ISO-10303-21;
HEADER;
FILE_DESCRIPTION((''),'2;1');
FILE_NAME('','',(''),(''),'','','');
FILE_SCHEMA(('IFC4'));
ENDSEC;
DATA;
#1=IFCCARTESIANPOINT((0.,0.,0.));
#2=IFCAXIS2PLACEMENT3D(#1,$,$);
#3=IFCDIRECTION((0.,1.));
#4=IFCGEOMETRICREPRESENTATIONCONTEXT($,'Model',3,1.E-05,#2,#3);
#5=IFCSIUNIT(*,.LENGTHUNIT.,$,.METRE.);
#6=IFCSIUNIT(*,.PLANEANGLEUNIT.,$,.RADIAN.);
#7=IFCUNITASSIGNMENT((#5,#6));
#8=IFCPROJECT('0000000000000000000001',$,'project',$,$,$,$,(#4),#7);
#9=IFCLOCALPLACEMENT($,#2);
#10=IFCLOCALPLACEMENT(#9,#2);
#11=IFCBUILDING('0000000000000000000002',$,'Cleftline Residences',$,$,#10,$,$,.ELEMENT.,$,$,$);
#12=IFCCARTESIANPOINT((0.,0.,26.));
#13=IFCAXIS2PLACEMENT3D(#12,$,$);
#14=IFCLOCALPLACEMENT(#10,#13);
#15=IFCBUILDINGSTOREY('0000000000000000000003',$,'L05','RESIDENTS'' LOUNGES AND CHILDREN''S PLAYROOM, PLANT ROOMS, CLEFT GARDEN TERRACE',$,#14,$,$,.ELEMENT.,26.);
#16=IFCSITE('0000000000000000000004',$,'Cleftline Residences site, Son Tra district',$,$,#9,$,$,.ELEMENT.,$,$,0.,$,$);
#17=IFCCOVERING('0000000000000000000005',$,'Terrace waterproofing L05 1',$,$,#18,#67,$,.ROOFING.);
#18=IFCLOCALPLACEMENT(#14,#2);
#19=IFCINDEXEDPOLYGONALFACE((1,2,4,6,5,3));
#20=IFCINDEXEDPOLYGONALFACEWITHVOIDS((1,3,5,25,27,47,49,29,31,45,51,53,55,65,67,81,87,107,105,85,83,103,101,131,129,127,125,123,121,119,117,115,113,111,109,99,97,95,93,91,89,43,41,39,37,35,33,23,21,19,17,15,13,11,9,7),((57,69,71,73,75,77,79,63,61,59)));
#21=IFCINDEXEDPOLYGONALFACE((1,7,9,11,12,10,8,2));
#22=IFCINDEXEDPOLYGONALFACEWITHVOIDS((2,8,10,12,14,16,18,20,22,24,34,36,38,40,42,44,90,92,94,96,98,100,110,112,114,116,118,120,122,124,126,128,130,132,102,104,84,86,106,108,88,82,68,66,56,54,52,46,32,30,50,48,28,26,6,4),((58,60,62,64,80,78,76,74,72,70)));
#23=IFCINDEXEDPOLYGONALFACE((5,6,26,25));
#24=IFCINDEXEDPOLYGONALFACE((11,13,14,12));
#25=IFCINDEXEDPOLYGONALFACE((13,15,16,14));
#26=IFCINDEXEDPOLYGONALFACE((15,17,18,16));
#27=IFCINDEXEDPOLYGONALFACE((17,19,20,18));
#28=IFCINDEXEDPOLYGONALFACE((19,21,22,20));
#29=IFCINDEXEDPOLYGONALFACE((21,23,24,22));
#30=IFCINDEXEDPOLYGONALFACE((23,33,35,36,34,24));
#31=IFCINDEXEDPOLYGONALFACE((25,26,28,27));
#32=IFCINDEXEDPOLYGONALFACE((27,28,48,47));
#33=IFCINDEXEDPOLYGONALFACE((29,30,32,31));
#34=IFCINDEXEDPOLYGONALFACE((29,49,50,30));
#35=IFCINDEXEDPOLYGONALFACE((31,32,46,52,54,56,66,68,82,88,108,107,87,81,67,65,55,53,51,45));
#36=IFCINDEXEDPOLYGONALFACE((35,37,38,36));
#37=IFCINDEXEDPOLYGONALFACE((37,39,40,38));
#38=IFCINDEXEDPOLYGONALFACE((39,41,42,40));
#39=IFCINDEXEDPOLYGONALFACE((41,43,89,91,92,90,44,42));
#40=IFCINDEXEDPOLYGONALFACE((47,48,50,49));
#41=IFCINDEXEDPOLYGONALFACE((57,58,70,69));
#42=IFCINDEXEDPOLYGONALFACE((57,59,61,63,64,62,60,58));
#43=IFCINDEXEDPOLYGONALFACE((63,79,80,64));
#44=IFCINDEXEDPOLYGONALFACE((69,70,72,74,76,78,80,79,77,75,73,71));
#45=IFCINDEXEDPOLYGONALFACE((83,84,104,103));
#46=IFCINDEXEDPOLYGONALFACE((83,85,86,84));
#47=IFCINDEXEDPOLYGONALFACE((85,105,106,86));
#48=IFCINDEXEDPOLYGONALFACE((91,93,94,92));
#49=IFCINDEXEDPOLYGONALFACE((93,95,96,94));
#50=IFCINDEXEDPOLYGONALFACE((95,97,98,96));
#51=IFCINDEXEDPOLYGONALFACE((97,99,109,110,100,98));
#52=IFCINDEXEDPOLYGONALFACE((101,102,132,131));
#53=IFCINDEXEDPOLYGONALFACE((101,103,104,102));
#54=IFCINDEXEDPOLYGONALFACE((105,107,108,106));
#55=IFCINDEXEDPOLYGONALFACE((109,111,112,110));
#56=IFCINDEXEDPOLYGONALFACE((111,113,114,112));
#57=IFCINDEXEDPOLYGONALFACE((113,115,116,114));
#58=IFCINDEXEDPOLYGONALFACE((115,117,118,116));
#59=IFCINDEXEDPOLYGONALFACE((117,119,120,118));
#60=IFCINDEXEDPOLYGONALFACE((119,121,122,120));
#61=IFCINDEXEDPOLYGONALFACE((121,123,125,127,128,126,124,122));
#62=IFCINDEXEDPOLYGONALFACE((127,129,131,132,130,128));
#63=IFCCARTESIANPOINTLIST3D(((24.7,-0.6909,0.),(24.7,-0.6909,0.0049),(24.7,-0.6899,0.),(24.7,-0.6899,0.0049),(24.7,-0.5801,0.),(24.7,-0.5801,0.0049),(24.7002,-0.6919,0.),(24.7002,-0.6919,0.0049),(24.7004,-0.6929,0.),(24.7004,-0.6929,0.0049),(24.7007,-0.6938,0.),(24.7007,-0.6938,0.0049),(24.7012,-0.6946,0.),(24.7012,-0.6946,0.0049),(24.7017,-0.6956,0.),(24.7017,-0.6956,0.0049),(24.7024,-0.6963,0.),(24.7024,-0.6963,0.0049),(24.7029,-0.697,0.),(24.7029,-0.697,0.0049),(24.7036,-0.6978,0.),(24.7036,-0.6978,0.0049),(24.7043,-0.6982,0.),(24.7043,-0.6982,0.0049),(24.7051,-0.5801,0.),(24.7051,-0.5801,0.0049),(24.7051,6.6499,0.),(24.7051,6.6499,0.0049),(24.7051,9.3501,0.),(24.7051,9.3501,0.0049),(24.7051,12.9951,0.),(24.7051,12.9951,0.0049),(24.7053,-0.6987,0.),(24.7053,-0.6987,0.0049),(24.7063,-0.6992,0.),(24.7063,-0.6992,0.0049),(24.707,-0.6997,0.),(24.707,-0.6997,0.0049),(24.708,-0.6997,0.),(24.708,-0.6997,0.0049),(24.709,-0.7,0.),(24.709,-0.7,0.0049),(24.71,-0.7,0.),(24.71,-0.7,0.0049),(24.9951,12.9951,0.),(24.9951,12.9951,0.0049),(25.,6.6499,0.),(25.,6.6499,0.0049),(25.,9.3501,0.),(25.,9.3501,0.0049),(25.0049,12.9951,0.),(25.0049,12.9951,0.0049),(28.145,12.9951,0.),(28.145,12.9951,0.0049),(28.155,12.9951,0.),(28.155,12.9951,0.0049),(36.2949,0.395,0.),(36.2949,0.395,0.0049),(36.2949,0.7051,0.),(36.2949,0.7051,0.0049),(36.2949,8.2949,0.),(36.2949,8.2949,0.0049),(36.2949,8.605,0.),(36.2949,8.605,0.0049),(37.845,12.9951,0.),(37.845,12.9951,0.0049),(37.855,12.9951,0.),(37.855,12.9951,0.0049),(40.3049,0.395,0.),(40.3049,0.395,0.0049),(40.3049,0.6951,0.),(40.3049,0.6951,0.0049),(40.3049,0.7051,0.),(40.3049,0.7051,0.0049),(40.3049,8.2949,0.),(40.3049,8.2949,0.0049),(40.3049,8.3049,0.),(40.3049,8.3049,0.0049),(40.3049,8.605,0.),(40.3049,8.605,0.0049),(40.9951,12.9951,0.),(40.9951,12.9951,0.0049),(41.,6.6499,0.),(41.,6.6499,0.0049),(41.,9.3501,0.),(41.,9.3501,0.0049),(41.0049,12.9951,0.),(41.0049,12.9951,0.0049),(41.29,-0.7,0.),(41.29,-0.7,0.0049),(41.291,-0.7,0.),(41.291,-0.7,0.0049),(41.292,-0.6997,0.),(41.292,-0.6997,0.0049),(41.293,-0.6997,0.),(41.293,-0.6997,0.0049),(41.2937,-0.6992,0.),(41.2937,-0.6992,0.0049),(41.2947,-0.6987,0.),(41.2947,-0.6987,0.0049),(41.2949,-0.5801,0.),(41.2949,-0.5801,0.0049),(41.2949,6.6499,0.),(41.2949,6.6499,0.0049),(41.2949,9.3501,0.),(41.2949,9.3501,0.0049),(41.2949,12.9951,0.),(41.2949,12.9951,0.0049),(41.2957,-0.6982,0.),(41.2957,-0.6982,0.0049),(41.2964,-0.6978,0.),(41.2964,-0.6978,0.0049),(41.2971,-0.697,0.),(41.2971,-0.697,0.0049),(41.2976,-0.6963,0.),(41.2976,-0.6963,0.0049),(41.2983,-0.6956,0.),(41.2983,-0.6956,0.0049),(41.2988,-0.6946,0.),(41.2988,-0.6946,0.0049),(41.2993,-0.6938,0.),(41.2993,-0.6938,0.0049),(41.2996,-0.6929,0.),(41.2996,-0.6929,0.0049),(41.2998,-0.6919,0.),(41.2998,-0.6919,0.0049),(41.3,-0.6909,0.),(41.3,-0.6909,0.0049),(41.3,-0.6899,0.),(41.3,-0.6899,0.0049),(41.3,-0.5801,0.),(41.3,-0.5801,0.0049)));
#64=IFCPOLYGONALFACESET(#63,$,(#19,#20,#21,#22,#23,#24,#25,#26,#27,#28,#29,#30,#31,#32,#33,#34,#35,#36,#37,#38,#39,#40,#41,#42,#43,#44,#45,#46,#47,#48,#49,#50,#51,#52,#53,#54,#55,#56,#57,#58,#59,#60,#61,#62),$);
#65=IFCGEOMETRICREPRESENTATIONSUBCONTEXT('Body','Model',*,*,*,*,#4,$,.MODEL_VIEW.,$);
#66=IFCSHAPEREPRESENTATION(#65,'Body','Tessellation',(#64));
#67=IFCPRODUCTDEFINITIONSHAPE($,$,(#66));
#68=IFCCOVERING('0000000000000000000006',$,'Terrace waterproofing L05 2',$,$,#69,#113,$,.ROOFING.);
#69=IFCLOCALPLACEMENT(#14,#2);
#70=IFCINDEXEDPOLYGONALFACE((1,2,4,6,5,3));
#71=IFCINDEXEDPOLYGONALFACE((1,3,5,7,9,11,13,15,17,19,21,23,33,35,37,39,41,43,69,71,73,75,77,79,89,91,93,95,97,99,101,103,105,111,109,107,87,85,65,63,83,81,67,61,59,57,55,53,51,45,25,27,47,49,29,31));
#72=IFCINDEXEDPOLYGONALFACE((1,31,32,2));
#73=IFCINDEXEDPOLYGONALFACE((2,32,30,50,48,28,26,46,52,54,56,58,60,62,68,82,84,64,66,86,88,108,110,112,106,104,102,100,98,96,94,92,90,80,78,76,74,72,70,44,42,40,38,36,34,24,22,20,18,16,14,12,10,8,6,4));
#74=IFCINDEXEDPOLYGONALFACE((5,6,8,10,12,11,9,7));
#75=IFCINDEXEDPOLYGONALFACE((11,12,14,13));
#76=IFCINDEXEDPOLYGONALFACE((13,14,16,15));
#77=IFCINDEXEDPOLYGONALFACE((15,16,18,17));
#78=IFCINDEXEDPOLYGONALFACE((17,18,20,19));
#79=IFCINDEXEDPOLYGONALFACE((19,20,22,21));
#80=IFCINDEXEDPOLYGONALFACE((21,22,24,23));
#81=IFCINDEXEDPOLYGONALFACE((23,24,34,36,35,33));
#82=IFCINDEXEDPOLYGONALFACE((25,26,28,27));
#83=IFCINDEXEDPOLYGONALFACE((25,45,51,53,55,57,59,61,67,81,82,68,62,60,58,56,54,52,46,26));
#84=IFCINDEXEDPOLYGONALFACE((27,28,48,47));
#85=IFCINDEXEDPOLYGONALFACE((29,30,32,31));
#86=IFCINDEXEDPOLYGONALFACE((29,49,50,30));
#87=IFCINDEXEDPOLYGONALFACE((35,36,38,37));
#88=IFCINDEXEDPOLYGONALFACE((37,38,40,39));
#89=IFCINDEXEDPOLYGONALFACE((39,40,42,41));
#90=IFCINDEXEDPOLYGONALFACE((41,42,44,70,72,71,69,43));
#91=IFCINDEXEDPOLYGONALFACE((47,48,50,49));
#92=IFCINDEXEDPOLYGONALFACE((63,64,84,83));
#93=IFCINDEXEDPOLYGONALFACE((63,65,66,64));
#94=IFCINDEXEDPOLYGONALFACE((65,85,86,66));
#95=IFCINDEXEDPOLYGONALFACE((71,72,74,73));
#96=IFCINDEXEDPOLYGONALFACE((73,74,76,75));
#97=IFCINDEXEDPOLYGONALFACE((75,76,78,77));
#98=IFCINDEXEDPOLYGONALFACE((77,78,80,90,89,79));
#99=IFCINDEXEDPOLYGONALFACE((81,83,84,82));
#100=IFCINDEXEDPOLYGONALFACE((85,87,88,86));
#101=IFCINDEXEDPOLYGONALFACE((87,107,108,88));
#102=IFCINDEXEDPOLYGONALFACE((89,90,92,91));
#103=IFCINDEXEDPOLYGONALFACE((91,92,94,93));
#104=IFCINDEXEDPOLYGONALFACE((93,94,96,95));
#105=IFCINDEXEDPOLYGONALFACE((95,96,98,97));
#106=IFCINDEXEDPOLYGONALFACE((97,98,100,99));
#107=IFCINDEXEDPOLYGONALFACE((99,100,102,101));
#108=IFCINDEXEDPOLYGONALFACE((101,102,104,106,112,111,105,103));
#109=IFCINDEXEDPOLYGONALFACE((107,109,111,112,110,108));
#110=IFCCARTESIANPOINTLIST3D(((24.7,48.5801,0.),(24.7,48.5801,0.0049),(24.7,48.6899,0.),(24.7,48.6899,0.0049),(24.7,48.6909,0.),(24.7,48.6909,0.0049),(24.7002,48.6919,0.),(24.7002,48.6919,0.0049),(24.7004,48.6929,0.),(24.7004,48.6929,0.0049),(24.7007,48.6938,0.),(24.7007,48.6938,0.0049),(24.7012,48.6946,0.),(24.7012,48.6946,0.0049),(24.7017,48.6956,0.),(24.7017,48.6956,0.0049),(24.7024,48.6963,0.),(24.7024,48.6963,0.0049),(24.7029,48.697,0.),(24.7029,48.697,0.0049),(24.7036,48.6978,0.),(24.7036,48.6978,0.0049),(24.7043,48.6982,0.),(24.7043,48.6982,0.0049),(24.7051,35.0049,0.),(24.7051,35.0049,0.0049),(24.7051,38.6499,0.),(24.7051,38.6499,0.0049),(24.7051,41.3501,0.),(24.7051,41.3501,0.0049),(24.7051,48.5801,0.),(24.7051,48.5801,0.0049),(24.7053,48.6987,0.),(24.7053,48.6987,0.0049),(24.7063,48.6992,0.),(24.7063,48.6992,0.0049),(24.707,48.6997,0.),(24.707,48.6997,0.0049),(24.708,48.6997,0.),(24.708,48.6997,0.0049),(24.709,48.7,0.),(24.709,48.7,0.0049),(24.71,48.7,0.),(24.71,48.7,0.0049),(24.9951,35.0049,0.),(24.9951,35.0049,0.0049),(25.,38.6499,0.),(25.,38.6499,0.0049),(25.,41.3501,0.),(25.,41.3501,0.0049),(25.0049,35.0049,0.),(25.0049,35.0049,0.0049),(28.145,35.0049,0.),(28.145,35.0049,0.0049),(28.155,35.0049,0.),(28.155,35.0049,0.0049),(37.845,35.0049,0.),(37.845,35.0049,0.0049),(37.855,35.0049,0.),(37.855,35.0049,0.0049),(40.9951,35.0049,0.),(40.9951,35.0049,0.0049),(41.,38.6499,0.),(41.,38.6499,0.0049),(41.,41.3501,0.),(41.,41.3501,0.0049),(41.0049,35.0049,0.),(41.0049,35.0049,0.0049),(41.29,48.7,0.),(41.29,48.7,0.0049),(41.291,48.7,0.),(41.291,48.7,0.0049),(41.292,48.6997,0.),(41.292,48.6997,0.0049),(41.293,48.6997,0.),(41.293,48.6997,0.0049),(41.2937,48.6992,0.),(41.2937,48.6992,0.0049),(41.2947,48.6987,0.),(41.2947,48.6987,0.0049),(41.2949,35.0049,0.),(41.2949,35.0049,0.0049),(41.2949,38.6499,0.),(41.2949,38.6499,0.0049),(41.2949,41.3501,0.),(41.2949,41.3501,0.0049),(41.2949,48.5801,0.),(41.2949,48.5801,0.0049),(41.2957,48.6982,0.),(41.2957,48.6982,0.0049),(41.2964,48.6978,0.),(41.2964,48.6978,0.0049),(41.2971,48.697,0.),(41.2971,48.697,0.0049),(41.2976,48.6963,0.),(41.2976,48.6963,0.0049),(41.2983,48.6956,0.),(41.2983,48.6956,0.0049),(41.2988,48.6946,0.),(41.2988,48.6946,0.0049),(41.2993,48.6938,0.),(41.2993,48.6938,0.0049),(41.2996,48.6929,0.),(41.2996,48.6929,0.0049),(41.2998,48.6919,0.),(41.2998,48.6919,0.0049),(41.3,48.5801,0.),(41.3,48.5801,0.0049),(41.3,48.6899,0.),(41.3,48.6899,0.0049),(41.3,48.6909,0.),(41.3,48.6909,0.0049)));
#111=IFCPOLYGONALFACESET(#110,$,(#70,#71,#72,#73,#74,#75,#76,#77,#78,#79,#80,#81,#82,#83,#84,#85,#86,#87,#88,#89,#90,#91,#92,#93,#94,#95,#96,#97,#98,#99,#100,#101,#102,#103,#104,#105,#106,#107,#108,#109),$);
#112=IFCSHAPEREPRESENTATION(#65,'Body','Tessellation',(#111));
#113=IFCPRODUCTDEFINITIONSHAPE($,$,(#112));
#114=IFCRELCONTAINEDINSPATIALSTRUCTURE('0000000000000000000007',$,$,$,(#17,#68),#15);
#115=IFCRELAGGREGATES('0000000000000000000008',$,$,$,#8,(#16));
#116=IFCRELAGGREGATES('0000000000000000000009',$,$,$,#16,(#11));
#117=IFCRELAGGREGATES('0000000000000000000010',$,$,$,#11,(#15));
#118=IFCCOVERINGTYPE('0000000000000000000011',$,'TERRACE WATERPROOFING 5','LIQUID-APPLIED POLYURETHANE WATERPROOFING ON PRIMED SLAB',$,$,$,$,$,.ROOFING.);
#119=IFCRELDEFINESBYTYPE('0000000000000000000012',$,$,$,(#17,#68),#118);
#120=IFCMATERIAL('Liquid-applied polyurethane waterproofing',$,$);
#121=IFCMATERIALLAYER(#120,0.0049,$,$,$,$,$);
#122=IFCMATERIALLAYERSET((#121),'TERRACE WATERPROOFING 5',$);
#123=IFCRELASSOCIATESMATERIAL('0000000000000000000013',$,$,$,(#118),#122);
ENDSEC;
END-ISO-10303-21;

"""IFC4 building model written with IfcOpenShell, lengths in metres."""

from ifc_helpers import new_model, si_unit, direction, frame, origin, place, context, subcontext, project, spatial, polyline, outline, extrude, material, layer, layer_set, type_object, element, save


model = new_model("IFC4")

# Units and contexts
model_context = context("Model", 3, precision=1e-05, world=origin(), true_north=direction((0.0, 1.0)))
body_context = subcontext(model_context, "Body", "Model", "MODEL_VIEW")
ifc_project = project(units=[si_unit("LENGTHUNIT", "METRE"), si_unit("PLANEANGLEUNIT", "RADIAN")], contexts=[model_context])

# Site, building, storey
site_placement = place(None, origin())
site = spatial("IfcSite", under=ifc_project, at=site_placement, Name="Cleftline Residences site, Son Tra district", CompositionType="ELEMENT", RefElevation=0.0)
building_placement = place(site_placement, origin())
building = spatial("IfcBuilding", under=site, at=building_placement, Name="Cleftline Residences", CompositionType="ELEMENT")
storey_placement = place(building_placement, frame((0.0, 0.0, 26.0)))
storey = spatial("IfcBuildingStorey", under=building, at=storey_placement, Name="L05", Description="RESIDENTS' LOUNGES AND CHILDREN'S PLAYROOM, PLANT ROOMS, CLEFT GARDEN TERRACE", CompositionType="ELEMENT", Elevation=26.0)

# Coverings
ifc_material_1 = material(Name="Liquid-applied polyurethane waterproofing")
ifc_layer_1 = layer(ifc_material_1, 0.0049)
ifc_layer_set_1 = layer_set([ifc_layer_1], Name="TERRACE WATERPROOFING 5")
covering_type_1 = type_object("IfcCoveringType", Name="TERRACE WATERPROOFING 5", Description="LIQUID-APPLIED POLYURETHANE WATERPROOFING ON PRIMED SLAB", PredefinedType="ROOFING", material=ifc_layer_set_1)
covering_1_placement = place(storey_placement, origin())
element("IfcCovering", 1, at=covering_1_placement, inside=storey, type_object=covering_type_1, Name="Terrace waterproofing L05 1", PredefinedType="ROOFING", context=body_context, shape_type="SweptSolid", body=[
    extrude(outline(polyline([(41.29, -0.7), (41.291, -0.7), (41.292, -0.6997), (41.293, -0.6997), (41.2937, -0.6992), (41.2947, -0.6987), (41.2957, -0.6982), (41.2964, -0.6978), (41.2971, -0.697), (41.2976, -0.6963), (41.2983, -0.6956), (41.2988, -0.6946), (41.2993, -0.6938), (41.2996, -0.6929), (41.2998, -0.6919), (41.3, -0.6909), (41.3, -0.6899), (41.3, -0.5801), (41.2949, -0.5801), (41.2949, 6.6499), (41.0, 6.6499), (41.0, 9.3501), (41.2949, 9.3501), (41.2949, 12.9951), (41.0049, 12.9951), (40.9951, 12.9951), (37.855, 12.9951), (37.845, 12.9951), (28.155, 12.9951), (28.145, 12.9951), (25.0049, 12.9951), (24.9951, 12.9951), (24.7051, 12.9951), (24.7051, 9.3501), (25.0, 9.3501), (25.0, 6.6499), (24.7051, 6.6499), (24.7051, -0.5801), (24.7, -0.5801), (24.7, -0.6899), (24.7, -0.6909), (24.7002, -0.6919), (24.7004, -0.6929), (24.7007, -0.6938), (24.7012, -0.6946), (24.7017, -0.6956), (24.7024, -0.6963), (24.7029, -0.697), (24.7036, -0.6978), (24.7043, -0.6982), (24.7053, -0.6987), (24.7063, -0.6992), (24.707, -0.6997), (24.708, -0.6997), (24.709, -0.7), (24.71, -0.7), (41.29, -0.7)]), holes=[polyline([(36.2949, 8.2949), (36.2949, 0.7051), (36.2949, 0.7051), (36.2949, 0.395), (40.3049, 0.395), (40.3049, 0.6951), (40.3049, 0.7051), (40.3049, 8.2949), (40.3049, 8.3049), (40.3049, 8.605), (36.2949, 8.605), (36.2949, 8.2949), (36.2949, 8.2949)])]), origin(), (0.0, 0.0, 1.0), 0.0049),
])
covering_2_placement = place(storey_placement, origin())
element("IfcCovering", 2, at=covering_2_placement, inside=storey, type_object=covering_type_1, Name="Terrace waterproofing L05 2", PredefinedType="ROOFING", context=body_context, shape_type="SweptSolid", body=[
    extrude(outline(polyline([(24.71, 48.7), (24.709, 48.7), (24.708, 48.6997), (24.707, 48.6997), (24.7063, 48.6992), (24.7053, 48.6987), (24.7043, 48.6982), (24.7036, 48.6978), (24.7029, 48.697), (24.7024, 48.6963), (24.7017, 48.6956), (24.7012, 48.6946), (24.7007, 48.6938), (24.7004, 48.6929), (24.7002, 48.6919), (24.7, 48.6909), (24.7, 48.6899), (24.7, 48.5801), (24.7051, 48.5801), (24.7051, 41.3501), (25.0, 41.3501), (25.0, 38.6499), (24.7051, 38.6499), (24.7051, 35.0049), (24.9951, 35.0049), (25.0049, 35.0049), (28.145, 35.0049), (28.155, 35.0049), (37.845, 35.0049), (37.855, 35.0049), (40.9951, 35.0049), (41.0049, 35.0049), (41.2949, 35.0049), (41.2949, 38.6499), (41.0, 38.6499), (41.0, 41.3501), (41.2949, 41.3501), (41.2949, 48.5801), (41.3, 48.5801), (41.3, 48.6899), (41.3, 48.6909), (41.2998, 48.6919), (41.2996, 48.6929), (41.2993, 48.6938), (41.2988, 48.6946), (41.2983, 48.6956), (41.2976, 48.6963), (41.2971, 48.697), (41.2964, 48.6978), (41.2957, 48.6982), (41.2947, 48.6987), (41.2937, 48.6992), (41.293, 48.6997), (41.292, 48.6997), (41.291, 48.7), (41.29, 48.7), (24.71, 48.7)])), origin(), (0.0, 0.0, 1.0), 0.0049),
])

save(model, "model.ifc")
